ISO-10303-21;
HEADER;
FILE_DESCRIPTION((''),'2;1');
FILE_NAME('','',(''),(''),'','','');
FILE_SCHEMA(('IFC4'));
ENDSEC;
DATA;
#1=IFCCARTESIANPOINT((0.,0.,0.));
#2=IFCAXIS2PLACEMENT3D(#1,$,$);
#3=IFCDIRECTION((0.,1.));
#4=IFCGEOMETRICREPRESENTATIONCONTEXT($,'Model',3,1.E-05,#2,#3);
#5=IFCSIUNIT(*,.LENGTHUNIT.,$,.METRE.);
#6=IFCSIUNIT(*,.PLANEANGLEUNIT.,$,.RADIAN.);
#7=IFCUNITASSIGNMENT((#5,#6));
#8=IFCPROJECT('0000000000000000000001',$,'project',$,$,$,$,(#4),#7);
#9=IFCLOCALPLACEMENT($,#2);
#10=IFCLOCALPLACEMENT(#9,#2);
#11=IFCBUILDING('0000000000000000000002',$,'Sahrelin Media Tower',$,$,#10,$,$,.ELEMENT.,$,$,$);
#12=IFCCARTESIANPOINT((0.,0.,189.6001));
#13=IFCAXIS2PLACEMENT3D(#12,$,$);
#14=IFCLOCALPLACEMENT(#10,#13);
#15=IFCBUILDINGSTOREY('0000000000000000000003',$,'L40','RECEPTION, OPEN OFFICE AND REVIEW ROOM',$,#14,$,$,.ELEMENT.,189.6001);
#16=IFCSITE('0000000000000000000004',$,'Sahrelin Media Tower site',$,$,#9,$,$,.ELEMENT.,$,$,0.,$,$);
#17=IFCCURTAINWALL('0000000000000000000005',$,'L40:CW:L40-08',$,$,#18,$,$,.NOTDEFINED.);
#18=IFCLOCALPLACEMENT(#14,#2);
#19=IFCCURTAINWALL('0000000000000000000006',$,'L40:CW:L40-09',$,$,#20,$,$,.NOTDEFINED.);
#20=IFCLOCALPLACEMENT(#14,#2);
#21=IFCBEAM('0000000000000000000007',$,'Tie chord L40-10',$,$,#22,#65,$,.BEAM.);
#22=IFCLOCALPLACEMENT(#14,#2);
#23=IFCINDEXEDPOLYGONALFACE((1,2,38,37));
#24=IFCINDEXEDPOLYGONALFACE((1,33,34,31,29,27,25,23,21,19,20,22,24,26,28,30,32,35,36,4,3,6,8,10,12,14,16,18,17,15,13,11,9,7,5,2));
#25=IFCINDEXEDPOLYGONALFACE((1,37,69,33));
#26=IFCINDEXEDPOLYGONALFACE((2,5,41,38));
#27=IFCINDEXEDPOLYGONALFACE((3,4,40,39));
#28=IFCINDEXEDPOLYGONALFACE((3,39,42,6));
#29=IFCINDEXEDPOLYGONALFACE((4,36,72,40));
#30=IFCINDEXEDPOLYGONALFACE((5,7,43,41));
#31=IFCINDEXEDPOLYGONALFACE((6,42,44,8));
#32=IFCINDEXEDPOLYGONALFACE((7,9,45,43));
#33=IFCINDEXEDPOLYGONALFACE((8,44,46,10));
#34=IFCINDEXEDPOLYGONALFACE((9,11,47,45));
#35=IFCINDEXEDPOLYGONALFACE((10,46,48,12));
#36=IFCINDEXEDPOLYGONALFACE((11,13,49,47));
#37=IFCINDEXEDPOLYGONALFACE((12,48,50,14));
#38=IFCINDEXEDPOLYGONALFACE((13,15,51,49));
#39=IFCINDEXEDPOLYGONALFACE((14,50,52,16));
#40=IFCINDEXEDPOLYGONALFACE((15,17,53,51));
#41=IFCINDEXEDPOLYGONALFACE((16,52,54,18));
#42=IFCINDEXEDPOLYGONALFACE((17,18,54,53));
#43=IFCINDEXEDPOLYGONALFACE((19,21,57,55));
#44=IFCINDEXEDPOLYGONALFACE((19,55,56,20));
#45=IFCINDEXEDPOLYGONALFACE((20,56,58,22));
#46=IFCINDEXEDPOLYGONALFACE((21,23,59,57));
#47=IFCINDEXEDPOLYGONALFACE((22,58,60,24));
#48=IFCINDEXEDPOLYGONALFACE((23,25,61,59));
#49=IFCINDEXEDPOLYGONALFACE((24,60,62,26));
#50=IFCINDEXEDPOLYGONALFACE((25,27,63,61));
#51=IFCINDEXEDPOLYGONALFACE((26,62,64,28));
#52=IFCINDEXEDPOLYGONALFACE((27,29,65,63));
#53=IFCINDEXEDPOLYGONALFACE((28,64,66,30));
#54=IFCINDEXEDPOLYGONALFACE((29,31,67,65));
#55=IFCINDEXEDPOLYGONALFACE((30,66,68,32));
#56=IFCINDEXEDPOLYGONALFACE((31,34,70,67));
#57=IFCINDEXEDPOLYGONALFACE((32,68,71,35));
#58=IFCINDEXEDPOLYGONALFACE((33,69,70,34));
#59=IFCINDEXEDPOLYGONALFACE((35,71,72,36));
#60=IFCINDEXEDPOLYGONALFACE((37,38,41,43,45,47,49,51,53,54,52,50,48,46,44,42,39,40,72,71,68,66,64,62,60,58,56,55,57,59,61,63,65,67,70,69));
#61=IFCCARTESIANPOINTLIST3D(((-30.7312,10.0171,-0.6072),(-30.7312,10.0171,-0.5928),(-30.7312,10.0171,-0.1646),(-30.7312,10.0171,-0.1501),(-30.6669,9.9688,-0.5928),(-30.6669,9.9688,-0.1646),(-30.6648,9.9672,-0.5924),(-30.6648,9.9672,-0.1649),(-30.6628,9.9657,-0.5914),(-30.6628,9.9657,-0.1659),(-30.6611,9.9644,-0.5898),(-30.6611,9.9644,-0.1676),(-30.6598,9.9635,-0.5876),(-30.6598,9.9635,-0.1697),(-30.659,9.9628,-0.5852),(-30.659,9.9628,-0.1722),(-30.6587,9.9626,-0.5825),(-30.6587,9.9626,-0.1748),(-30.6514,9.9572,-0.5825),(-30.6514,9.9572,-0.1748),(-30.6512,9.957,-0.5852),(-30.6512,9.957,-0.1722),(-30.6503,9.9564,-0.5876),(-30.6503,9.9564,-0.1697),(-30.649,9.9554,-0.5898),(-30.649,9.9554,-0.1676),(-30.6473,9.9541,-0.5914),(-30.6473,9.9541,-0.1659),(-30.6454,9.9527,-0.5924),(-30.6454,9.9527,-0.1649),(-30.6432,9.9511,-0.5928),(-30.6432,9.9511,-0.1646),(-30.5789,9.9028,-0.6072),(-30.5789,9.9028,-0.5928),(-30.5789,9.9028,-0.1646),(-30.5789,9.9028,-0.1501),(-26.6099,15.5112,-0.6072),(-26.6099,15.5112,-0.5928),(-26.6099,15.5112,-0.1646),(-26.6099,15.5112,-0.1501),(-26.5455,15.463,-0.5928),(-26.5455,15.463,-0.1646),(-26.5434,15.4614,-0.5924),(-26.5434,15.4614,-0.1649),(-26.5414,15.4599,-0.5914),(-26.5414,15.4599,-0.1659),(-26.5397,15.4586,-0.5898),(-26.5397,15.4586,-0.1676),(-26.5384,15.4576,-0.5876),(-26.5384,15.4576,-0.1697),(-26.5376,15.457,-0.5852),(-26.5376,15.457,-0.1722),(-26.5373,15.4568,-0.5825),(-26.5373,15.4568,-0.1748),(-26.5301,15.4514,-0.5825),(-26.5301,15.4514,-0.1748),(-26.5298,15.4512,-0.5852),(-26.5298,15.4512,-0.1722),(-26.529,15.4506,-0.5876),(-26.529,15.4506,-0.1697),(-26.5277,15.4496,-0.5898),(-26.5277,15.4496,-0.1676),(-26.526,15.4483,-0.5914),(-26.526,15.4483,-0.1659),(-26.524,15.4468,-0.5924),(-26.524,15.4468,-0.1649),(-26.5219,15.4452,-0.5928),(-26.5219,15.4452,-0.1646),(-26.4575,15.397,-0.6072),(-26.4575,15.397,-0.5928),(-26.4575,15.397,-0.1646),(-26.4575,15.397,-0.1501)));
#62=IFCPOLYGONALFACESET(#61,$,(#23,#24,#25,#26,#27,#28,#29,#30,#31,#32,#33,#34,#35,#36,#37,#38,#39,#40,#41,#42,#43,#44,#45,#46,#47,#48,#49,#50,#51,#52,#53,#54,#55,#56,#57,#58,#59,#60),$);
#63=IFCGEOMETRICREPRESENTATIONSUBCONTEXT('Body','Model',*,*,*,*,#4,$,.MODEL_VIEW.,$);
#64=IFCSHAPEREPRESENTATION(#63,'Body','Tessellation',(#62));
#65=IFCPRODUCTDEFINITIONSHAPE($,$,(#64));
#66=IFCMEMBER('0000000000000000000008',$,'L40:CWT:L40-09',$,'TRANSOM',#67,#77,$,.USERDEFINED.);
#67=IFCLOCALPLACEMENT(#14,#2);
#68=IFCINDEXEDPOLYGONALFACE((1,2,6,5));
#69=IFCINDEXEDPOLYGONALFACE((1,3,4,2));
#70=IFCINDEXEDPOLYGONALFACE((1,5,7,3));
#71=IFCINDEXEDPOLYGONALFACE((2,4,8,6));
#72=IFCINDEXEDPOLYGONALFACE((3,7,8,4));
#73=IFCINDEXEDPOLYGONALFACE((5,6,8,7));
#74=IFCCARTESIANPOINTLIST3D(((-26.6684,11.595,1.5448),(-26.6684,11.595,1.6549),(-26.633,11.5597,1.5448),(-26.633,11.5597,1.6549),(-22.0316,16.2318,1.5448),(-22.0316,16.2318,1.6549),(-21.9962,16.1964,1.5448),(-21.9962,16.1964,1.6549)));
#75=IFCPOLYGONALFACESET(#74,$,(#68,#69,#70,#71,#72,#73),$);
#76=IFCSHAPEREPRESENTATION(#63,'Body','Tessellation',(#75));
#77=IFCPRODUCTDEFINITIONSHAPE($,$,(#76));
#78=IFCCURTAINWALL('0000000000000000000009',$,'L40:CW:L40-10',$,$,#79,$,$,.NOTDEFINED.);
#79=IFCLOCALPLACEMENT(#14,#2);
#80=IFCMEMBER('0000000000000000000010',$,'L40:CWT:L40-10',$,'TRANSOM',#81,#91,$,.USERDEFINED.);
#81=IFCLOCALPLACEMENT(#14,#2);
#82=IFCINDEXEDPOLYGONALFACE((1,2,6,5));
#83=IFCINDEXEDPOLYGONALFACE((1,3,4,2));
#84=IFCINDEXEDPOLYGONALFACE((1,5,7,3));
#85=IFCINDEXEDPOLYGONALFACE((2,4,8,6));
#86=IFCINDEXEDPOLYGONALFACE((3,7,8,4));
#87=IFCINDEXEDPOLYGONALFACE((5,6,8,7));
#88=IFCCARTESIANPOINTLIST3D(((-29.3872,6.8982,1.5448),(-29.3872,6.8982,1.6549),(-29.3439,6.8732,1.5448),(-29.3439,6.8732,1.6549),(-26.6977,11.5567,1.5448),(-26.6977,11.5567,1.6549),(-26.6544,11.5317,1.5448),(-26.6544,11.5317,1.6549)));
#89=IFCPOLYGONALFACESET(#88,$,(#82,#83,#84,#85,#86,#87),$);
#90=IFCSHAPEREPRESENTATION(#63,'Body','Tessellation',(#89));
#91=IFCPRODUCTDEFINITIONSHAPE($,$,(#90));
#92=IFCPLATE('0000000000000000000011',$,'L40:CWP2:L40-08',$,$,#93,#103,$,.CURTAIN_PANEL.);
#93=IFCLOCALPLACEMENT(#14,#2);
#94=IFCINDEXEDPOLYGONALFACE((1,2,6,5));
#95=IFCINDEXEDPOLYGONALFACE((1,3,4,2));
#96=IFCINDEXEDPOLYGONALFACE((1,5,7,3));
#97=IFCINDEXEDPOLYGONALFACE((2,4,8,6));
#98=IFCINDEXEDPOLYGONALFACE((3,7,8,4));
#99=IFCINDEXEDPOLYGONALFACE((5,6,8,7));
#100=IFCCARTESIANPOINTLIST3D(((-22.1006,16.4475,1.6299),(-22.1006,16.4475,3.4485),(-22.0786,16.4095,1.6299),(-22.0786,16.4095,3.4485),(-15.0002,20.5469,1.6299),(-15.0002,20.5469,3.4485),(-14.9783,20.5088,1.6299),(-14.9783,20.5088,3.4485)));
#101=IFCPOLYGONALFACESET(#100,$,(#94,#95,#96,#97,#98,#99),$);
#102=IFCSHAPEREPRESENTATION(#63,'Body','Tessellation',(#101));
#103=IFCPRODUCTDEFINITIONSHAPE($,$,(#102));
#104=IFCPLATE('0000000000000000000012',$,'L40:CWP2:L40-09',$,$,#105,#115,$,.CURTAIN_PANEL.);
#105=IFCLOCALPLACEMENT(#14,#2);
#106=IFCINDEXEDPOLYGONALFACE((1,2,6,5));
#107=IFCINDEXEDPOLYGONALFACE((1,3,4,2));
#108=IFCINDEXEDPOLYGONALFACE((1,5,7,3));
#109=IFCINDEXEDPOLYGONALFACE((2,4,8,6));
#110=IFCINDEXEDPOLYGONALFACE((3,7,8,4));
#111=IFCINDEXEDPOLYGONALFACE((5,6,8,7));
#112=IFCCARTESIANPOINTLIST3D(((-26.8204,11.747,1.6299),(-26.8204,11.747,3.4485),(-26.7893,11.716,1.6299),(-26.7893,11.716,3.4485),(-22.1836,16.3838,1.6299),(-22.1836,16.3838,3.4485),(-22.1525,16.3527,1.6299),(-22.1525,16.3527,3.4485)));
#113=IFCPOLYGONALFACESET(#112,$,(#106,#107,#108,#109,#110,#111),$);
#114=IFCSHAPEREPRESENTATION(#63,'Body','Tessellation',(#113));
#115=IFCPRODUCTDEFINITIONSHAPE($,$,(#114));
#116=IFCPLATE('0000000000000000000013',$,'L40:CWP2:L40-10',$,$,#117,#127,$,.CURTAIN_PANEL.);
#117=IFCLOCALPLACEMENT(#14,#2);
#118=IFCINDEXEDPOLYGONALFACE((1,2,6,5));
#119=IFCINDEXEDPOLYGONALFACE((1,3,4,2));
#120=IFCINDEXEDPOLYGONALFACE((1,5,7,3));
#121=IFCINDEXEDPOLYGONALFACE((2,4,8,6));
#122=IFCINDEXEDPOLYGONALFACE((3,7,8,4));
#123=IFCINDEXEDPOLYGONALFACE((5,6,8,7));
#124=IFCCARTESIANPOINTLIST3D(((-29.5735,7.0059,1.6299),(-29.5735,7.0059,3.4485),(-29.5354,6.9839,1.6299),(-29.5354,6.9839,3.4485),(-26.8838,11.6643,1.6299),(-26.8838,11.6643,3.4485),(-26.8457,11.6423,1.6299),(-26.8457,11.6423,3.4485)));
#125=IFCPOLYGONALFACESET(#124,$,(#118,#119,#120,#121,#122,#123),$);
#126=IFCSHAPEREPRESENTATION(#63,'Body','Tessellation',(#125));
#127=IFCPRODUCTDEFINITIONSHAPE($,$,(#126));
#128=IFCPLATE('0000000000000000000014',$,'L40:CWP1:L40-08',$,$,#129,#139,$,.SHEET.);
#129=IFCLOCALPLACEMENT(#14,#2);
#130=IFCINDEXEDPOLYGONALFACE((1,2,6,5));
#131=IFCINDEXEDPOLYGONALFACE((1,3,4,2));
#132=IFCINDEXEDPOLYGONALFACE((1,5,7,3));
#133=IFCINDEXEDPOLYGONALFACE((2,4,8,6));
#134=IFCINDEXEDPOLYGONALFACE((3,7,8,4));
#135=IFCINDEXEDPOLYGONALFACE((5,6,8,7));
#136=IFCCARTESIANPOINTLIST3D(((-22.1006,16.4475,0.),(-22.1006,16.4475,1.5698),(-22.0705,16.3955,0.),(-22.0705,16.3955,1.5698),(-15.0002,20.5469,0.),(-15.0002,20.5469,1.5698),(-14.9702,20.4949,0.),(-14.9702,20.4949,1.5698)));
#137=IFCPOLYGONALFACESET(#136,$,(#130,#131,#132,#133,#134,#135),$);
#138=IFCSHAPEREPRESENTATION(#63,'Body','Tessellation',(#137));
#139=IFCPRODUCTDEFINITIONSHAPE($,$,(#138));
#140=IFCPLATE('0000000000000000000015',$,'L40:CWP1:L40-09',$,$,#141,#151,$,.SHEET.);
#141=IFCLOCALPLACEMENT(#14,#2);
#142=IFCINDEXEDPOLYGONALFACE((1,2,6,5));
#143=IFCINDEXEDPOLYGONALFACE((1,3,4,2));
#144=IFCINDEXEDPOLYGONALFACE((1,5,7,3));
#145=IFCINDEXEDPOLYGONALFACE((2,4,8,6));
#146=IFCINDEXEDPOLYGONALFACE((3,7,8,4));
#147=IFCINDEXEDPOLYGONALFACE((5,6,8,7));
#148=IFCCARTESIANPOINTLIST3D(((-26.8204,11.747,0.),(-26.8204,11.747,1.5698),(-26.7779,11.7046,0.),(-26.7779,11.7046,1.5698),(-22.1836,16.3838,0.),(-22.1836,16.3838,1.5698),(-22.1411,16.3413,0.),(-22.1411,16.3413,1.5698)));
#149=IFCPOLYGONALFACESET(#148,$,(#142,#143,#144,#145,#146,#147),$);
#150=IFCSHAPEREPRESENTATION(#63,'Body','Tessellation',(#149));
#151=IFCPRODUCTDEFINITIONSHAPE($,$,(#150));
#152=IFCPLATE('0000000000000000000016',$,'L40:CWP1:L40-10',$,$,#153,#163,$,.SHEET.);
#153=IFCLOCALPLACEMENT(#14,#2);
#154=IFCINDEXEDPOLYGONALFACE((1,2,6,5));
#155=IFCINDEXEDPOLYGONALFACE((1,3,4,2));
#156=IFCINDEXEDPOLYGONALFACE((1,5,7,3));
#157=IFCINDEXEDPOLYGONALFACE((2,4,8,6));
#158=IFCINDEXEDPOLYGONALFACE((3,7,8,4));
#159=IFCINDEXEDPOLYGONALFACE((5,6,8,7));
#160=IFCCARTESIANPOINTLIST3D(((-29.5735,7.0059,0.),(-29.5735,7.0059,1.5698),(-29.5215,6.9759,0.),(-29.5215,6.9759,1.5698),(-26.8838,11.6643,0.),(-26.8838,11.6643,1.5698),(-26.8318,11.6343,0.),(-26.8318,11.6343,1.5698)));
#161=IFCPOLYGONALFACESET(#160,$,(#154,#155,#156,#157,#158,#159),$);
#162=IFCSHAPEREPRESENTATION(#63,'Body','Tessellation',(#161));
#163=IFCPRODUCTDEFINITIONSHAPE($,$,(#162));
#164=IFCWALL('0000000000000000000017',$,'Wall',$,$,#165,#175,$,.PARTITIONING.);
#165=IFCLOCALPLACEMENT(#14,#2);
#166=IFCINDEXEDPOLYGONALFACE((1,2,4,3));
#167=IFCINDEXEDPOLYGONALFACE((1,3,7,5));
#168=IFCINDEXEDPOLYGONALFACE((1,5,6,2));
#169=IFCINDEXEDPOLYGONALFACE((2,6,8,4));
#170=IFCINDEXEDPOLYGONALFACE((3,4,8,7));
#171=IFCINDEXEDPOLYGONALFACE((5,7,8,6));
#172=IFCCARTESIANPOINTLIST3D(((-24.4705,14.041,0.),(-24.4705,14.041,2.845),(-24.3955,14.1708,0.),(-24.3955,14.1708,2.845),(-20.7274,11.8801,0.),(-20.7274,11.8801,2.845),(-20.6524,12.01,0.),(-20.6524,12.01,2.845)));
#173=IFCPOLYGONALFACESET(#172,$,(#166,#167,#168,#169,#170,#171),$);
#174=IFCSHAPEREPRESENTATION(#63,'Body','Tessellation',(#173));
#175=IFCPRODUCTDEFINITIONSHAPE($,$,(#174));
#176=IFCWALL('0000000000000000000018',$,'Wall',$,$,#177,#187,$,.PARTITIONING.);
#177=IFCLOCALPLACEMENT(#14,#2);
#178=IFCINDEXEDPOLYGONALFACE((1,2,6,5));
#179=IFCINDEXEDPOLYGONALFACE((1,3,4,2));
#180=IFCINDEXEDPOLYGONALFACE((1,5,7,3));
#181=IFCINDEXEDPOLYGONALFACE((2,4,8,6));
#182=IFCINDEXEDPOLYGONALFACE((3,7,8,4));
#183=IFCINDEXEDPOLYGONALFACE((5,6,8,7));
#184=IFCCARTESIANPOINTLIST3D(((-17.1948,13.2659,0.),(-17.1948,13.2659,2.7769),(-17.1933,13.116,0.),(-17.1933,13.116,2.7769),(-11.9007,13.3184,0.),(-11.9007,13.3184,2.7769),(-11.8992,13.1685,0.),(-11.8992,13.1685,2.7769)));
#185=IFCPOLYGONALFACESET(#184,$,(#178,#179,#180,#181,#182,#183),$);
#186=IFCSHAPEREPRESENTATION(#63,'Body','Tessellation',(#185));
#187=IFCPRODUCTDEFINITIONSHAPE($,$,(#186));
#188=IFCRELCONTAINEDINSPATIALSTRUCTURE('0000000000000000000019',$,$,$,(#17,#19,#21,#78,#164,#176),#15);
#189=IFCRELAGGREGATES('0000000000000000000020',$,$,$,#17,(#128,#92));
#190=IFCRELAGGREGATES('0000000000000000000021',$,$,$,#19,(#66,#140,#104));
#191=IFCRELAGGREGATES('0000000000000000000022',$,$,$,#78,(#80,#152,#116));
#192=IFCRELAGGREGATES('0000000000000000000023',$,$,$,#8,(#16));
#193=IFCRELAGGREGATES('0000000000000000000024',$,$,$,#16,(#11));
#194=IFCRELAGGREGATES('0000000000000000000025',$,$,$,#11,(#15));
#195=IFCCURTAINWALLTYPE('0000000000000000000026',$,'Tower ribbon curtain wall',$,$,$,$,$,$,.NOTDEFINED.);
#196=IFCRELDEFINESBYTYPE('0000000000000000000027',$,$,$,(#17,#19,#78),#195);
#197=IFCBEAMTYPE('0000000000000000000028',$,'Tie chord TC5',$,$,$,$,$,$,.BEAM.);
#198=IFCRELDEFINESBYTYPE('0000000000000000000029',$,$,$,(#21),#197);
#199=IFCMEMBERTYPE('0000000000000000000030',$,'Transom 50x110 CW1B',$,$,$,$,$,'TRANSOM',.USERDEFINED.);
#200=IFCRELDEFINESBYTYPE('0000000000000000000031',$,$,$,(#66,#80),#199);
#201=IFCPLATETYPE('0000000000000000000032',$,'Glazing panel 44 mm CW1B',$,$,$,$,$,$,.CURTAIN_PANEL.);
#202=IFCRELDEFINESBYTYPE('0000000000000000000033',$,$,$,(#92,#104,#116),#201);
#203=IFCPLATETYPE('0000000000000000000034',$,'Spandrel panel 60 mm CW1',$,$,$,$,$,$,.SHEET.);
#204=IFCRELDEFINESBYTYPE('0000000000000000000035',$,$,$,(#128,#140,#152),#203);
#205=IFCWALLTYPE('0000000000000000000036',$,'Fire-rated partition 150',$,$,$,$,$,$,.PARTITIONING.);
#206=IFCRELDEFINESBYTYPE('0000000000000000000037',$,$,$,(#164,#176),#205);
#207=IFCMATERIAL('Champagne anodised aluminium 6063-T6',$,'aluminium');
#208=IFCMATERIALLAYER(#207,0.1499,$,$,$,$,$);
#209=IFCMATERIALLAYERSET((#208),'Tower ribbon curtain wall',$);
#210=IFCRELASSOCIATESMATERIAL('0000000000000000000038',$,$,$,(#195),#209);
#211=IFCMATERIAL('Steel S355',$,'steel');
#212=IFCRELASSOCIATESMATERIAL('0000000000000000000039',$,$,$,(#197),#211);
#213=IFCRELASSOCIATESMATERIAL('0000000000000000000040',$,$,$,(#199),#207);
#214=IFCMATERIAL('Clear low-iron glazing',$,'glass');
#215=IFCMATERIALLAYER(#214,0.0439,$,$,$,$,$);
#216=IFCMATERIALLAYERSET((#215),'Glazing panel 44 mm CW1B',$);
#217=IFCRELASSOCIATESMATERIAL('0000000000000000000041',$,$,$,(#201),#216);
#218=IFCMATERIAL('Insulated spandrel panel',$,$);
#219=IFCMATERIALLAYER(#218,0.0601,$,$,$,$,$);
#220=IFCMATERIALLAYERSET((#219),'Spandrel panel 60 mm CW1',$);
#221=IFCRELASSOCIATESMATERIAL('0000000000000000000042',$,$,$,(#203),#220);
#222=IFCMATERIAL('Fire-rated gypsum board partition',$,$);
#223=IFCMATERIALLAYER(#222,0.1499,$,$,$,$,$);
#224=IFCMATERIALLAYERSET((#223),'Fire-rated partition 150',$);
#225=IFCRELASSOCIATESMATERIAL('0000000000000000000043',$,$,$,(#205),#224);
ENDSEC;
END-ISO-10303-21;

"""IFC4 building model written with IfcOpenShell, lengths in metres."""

from ifc_helpers import new_model, si_unit, direction, frame, frame_2d, origin, origin_2d, place, context, subcontext, project, spatial, polyline, rectangle, i_section, outline, extrude, material, layer, layer_set, material_profile, profile_set, type_object, element, aggregate, save


model = new_model("IFC4")

# Units and contexts
model_context = context("Model", 3, precision=1e-05, world=origin(), true_north=direction((0.0, 1.0)))
body_context = subcontext(model_context, "Body", "Model", "MODEL_VIEW")
ifc_project = project(units=[si_unit("LENGTHUNIT", "METRE"), si_unit("PLANEANGLEUNIT", "RADIAN")], contexts=[model_context])

# Site, building, storey
site_placement = place(None, origin())
site = spatial("IfcSite", under=ifc_project, at=site_placement, Name="Sahrelin Media Tower site", CompositionType="ELEMENT", RefElevation=0.0)
building_placement = place(site_placement, origin())
building = spatial("IfcBuilding", under=site, at=building_placement, Name="Sahrelin Media Tower", CompositionType="ELEMENT")
storey_placement = place(building_placement, frame((0.0, 0.0, 189.6001)))
storey = spatial("IfcBuildingStorey", under=building, at=storey_placement, Name="L40", Description="RECEPTION, OPEN OFFICE AND REVIEW ROOM", CompositionType="ELEMENT", Elevation=189.6001)

# Shared definitions
ifc_material_1 = material(Name="Steel S355", Category="steel")

# Curtain walls
ifc_material_2 = material(Name="Champagne anodised aluminium 6063-T6", Category="aluminium")
ifc_layer_1 = layer(ifc_material_2, 0.1499)
ifc_layer_set_1 = layer_set([ifc_layer_1], Name="Tower ribbon curtain wall")
curtain_wall_type = type_object("IfcCurtainWallType", Name="Tower ribbon curtain wall", PredefinedType="NOTDEFINED", material=ifc_layer_set_1)
curtain_wall_1_placement = place(storey_placement, frame((-18.5405, 18.48, 0.0), z_axis=(0.0, 0.0, 1.0), x_axis=(1.0, 0.0, 0.0)))
curtain_wall_1 = element("IfcCurtainWall", 1, at=curtain_wall_1_placement, inside=storey, type_object=curtain_wall_type, Name="L40:CW:L40-08", PredefinedType="NOTDEFINED")
curtain_wall_2_placement = place(storey_placement, frame((-24.4878, 14.0513, 0.0), z_axis=(0.0, 0.0, 1.0), x_axis=(1.0, 0.0, 0.0)))
curtain_wall_2 = element("IfcCurtainWall", 2, at=curtain_wall_2_placement, inside=storey, type_object=curtain_wall_type, Name="L40:CW:L40-09", PredefinedType="NOTDEFINED")

# Beam
ifc_material_profile_1 = material_profile(ifc_material_1, i_section(OverallWidth=0.1904, OverallDepth=0.457, WebThickness=0.009, FlangeThickness=0.0144, FilletRadius=0.0103, at=origin_2d()), Name="UB 457x191x74")
ifc_profile_set_1 = profile_set([ifc_material_profile_1], Name="Steel S355")
beam_type_1 = type_object("IfcBeamType", Name="Tie chord TC5", PredefinedType="BEAM", material=ifc_profile_set_1)
beam_1_placement = place(storey_placement, frame((-26.5337, 15.4541, -0.3787), z_axis=(-0.600068, -0.799949, 0.0), x_axis=(0.799949, -0.600068, 0.0)))
element("IfcBeam", 3, at=beam_1_placement, inside=storey, type_object=beam_type_1, Name="Tie chord L40-10", PredefinedType="BEAM", context=body_context, shape_type="SweptSolid", body=[
    extrude(i_section(OverallWidth=0.1904, OverallDepth=0.457, WebThickness=0.009, FlangeThickness=0.0144, FilletRadius=0.0103, at=origin_2d()), origin(), (0.0, 0.0, 1.0), 6.8682),
])

# Member
ifc_material_profile_2 = material_profile(ifc_material_2, rectangle(XDim=0.05, YDim=0.1101, at=origin_2d()), Name="Transom 50x110")
ifc_profile_set_2 = profile_set([ifc_material_profile_2], Name="Champagne anodised aluminium 6063-T6")
member_type_1 = type_object("IfcMemberType", Name="Transom 50x110 CW1B", ElementType="TRANSOM", PredefinedType="USERDEFINED", material=ifc_profile_set_2)
member_1_placement = place(storey_placement, frame((-22.0139, 16.2141, 1.5999), z_axis=(-0.707107, -0.707107, 0.0), x_axis=(0.707107, -0.707107, 0.0)))
member_1 = element("IfcMember", 4, at=member_1_placement, type_object=member_type_1, Name="L40:CWT:L40-09", ObjectType="TRANSOM", PredefinedType="USERDEFINED", context=body_context, shape_type="SweptSolid", body=[
    extrude(rectangle(XDim=0.05, YDim=0.1101, at=origin_2d()), origin(), (0.0, 0.0, 1.0), 6.5574),
])

# Curtain wall, member
curtain_wall_3_placement = place(storey_placement, frame((-28.2114, 9.325, 0.0), z_axis=(0.0, 0.0, 1.0), x_axis=(1.0, 0.0, 0.0)))
curtain_wall_3 = element("IfcCurtainWall", 5, at=curtain_wall_3_placement, inside=storey, type_object=curtain_wall_type, Name="L40:CW:L40-10", PredefinedType="NOTDEFINED")
member_2_placement = place(storey_placement, frame((-26.676, 11.5442, 1.5999), z_axis=(-0.499986, -0.866034, 0.0), x_axis=(0.866034, -0.499986, 0.0)))
member_2 = element("IfcMember", 6, at=member_2_placement, type_object=member_type_1, Name="L40:CWT:L40-10", ObjectType="TRANSOM", PredefinedType="USERDEFINED", context=body_context, shape_type="SweptSolid", body=[
    extrude(rectangle(XDim=0.05, YDim=0.1101, at=origin_2d()), origin(), (0.0, 0.0, 1.0), 5.3792),
])

# Plates
ifc_material_3 = material(Name="Clear low-iron glazing", Category="glass")
ifc_layer_2 = layer(ifc_material_3, 0.0439)
ifc_layer_set_2 = layer_set([ifc_layer_2], Name="Glazing panel 44 mm CW1B")
plate_type_1 = type_object("IfcPlateType", Name="Glazing panel 44 mm CW1B", PredefinedType="CURTAIN_PANEL", material=ifc_layer_set_2)
plate_1_placement = place(storey_placement, frame((-15.0002, 20.5469, 1.6299), z_axis=(-0.499998, 0.866026, 0.0), x_axis=(-0.866026, -0.499998, 0.0)))
plate_1 = element("IfcPlate", 7, at=plate_1_placement, type_object=plate_type_1, Name="L40:CWP2:L40-08", PredefinedType="CURTAIN_PANEL", context=body_context, shape_type="SweptSolid", body=[
    extrude(outline(polyline([(0.0, 0.0), (8.1987, 0.0), (8.1987, 1.8186), (0.0, 1.8186), (0.0, 0.0)])), origin(), (0.0, 0.0, -1.0), 0.0439),
])
plate_2_placement = place(storey_placement, frame((-22.1836, 16.3838, 1.6299), z_axis=(-0.707107, 0.707107, 0.0), x_axis=(-0.707107, -0.707107, 0.0)))
plate_2 = element("IfcPlate", 8, at=plate_2_placement, type_object=plate_type_1, Name="L40:CWP2:L40-09", PredefinedType="CURTAIN_PANEL", context=body_context, shape_type="SweptSolid", body=[
    extrude(outline(polyline([(0.0, 0.0), (6.5574, 0.0), (6.5574, 1.8186), (0.0, 1.8186), (0.0, 0.0)])), origin(), (0.0, 0.0, -1.0), 0.0439),
])
plate_3_placement = place(storey_placement, frame((-26.8838, 11.6643, 1.6299), z_axis=(-0.866014, 0.50002, 0.0), x_axis=(-0.50002, -0.866014, 0.0)))
plate_3 = element("IfcPlate", 9, at=plate_3_placement, type_object=plate_type_1, Name="L40:CWP2:L40-10", PredefinedType="CURTAIN_PANEL", context=body_context, shape_type="SweptSolid", body=[
    extrude(outline(polyline([(0.0, 0.0), (5.3792, 0.0), (5.3792, 1.8186), (0.0, 1.8186), (0.0, 0.0)])), origin(), (0.0, 0.0, -1.0), 0.0439),
])
ifc_material_4 = material(Name="Insulated spandrel panel")
ifc_layer_3 = layer(ifc_material_4, 0.0601)
ifc_layer_set_3 = layer_set([ifc_layer_3], Name="Spandrel panel 60 mm CW1")
plate_type_2 = type_object("IfcPlateType", Name="Spandrel panel 60 mm CW1", PredefinedType="SHEET", material=ifc_layer_set_3)
plate_4_placement = place(storey_placement, frame((-15.0002, 20.5469, 0.0), z_axis=(-0.499998, 0.866026, 0.0), x_axis=(-0.866026, -0.499998, 0.0)))
plate_4 = element("IfcPlate", 10, at=plate_4_placement, type_object=plate_type_2, Name="L40:CWP1:L40-08", PredefinedType="SHEET", context=body_context, shape_type="SweptSolid", body=[
    extrude(outline(polyline([(0.0, 0.0), (8.1987, 0.0), (8.1987, 1.5698), (0.0, 1.5698), (0.0, 0.0)])), origin(), (0.0, 0.0, -1.0), 0.0601),
])
aggregate(curtain_wall_1, [plate_4, plate_1])
plate_5_placement = place(storey_placement, frame((-22.1836, 16.3838, 0.0), z_axis=(-0.707107, 0.707107, 0.0), x_axis=(-0.707107, -0.707107, 0.0)))
plate_5 = element("IfcPlate", 11, at=plate_5_placement, type_object=plate_type_2, Name="L40:CWP1:L40-09", PredefinedType="SHEET", context=body_context, shape_type="SweptSolid", body=[
    extrude(outline(polyline([(0.0, 0.0), (6.5574, 0.0), (6.5574, 1.5698), (0.0, 1.5698), (0.0, 0.0)])), origin(), (0.0, 0.0, -1.0), 0.0601),
])
aggregate(curtain_wall_2, [member_1, plate_5, plate_2])
plate_6_placement = place(storey_placement, frame((-26.8838, 11.6643, 0.0), z_axis=(-0.866014, 0.50002, 0.0), x_axis=(-0.50002, -0.866014, 0.0)))
plate_6 = element("IfcPlate", 12, at=plate_6_placement, type_object=plate_type_2, Name="L40:CWP1:L40-10", PredefinedType="SHEET", context=body_context, shape_type="SweptSolid", body=[
    extrude(outline(polyline([(0.0, 0.0), (5.3792, 0.0), (5.3792, 1.5698), (0.0, 1.5698), (0.0, 0.0)])), origin(), (0.0, 0.0, -1.0), 0.0601),
])
aggregate(curtain_wall_3, [member_2, plate_6, plate_3])

# Walls
ifc_material_5 = material(Name="Fire-rated gypsum board partition")
ifc_layer_4 = layer(ifc_material_5, 0.1499)
ifc_layer_set_4 = layer_set([ifc_layer_4], Name="Fire-rated partition 150")
wall_type_1 = type_object("IfcWallType", Name="Fire-rated partition 150", PredefinedType="PARTITIONING", material=ifc_layer_set_4)
wall_1_placement = place(storey_placement, frame((-24.4331, 14.106, 0.0), z_axis=(0.0, 0.0, 1.0), x_axis=(0.866048, -0.49996, 0.0)))
element("IfcWall", 13, at=wall_1_placement, inside=storey, type_object=wall_type_1, Name="Wall", PredefinedType="PARTITIONING", context=body_context, shape_type="SweptSolid", body=[
    extrude(rectangle(XDim=4.322, YDim=0.1499, at=frame_2d((2.1611, 0.0))), origin(), (0.0, 0.0, 1.0), 2.845),
])
wall_2_placement = place(storey_placement, frame((-17.1941, 13.1909, 0.0), z_axis=(0.0, 0.0, 1.0), x_axis=(0.999951, 0.009914, 0.0)))
element("IfcWall", 14, at=wall_2_placement, inside=storey, type_object=wall_type_1, Name="Wall", PredefinedType="PARTITIONING", context=body_context, shape_type="SweptSolid", body=[
    extrude(rectangle(XDim=5.2944, YDim=0.1499, at=frame_2d((2.6472, 0.0))), origin(), (0.0, 0.0, 1.0), 2.7769),
])

save(model, "model.ifc")
